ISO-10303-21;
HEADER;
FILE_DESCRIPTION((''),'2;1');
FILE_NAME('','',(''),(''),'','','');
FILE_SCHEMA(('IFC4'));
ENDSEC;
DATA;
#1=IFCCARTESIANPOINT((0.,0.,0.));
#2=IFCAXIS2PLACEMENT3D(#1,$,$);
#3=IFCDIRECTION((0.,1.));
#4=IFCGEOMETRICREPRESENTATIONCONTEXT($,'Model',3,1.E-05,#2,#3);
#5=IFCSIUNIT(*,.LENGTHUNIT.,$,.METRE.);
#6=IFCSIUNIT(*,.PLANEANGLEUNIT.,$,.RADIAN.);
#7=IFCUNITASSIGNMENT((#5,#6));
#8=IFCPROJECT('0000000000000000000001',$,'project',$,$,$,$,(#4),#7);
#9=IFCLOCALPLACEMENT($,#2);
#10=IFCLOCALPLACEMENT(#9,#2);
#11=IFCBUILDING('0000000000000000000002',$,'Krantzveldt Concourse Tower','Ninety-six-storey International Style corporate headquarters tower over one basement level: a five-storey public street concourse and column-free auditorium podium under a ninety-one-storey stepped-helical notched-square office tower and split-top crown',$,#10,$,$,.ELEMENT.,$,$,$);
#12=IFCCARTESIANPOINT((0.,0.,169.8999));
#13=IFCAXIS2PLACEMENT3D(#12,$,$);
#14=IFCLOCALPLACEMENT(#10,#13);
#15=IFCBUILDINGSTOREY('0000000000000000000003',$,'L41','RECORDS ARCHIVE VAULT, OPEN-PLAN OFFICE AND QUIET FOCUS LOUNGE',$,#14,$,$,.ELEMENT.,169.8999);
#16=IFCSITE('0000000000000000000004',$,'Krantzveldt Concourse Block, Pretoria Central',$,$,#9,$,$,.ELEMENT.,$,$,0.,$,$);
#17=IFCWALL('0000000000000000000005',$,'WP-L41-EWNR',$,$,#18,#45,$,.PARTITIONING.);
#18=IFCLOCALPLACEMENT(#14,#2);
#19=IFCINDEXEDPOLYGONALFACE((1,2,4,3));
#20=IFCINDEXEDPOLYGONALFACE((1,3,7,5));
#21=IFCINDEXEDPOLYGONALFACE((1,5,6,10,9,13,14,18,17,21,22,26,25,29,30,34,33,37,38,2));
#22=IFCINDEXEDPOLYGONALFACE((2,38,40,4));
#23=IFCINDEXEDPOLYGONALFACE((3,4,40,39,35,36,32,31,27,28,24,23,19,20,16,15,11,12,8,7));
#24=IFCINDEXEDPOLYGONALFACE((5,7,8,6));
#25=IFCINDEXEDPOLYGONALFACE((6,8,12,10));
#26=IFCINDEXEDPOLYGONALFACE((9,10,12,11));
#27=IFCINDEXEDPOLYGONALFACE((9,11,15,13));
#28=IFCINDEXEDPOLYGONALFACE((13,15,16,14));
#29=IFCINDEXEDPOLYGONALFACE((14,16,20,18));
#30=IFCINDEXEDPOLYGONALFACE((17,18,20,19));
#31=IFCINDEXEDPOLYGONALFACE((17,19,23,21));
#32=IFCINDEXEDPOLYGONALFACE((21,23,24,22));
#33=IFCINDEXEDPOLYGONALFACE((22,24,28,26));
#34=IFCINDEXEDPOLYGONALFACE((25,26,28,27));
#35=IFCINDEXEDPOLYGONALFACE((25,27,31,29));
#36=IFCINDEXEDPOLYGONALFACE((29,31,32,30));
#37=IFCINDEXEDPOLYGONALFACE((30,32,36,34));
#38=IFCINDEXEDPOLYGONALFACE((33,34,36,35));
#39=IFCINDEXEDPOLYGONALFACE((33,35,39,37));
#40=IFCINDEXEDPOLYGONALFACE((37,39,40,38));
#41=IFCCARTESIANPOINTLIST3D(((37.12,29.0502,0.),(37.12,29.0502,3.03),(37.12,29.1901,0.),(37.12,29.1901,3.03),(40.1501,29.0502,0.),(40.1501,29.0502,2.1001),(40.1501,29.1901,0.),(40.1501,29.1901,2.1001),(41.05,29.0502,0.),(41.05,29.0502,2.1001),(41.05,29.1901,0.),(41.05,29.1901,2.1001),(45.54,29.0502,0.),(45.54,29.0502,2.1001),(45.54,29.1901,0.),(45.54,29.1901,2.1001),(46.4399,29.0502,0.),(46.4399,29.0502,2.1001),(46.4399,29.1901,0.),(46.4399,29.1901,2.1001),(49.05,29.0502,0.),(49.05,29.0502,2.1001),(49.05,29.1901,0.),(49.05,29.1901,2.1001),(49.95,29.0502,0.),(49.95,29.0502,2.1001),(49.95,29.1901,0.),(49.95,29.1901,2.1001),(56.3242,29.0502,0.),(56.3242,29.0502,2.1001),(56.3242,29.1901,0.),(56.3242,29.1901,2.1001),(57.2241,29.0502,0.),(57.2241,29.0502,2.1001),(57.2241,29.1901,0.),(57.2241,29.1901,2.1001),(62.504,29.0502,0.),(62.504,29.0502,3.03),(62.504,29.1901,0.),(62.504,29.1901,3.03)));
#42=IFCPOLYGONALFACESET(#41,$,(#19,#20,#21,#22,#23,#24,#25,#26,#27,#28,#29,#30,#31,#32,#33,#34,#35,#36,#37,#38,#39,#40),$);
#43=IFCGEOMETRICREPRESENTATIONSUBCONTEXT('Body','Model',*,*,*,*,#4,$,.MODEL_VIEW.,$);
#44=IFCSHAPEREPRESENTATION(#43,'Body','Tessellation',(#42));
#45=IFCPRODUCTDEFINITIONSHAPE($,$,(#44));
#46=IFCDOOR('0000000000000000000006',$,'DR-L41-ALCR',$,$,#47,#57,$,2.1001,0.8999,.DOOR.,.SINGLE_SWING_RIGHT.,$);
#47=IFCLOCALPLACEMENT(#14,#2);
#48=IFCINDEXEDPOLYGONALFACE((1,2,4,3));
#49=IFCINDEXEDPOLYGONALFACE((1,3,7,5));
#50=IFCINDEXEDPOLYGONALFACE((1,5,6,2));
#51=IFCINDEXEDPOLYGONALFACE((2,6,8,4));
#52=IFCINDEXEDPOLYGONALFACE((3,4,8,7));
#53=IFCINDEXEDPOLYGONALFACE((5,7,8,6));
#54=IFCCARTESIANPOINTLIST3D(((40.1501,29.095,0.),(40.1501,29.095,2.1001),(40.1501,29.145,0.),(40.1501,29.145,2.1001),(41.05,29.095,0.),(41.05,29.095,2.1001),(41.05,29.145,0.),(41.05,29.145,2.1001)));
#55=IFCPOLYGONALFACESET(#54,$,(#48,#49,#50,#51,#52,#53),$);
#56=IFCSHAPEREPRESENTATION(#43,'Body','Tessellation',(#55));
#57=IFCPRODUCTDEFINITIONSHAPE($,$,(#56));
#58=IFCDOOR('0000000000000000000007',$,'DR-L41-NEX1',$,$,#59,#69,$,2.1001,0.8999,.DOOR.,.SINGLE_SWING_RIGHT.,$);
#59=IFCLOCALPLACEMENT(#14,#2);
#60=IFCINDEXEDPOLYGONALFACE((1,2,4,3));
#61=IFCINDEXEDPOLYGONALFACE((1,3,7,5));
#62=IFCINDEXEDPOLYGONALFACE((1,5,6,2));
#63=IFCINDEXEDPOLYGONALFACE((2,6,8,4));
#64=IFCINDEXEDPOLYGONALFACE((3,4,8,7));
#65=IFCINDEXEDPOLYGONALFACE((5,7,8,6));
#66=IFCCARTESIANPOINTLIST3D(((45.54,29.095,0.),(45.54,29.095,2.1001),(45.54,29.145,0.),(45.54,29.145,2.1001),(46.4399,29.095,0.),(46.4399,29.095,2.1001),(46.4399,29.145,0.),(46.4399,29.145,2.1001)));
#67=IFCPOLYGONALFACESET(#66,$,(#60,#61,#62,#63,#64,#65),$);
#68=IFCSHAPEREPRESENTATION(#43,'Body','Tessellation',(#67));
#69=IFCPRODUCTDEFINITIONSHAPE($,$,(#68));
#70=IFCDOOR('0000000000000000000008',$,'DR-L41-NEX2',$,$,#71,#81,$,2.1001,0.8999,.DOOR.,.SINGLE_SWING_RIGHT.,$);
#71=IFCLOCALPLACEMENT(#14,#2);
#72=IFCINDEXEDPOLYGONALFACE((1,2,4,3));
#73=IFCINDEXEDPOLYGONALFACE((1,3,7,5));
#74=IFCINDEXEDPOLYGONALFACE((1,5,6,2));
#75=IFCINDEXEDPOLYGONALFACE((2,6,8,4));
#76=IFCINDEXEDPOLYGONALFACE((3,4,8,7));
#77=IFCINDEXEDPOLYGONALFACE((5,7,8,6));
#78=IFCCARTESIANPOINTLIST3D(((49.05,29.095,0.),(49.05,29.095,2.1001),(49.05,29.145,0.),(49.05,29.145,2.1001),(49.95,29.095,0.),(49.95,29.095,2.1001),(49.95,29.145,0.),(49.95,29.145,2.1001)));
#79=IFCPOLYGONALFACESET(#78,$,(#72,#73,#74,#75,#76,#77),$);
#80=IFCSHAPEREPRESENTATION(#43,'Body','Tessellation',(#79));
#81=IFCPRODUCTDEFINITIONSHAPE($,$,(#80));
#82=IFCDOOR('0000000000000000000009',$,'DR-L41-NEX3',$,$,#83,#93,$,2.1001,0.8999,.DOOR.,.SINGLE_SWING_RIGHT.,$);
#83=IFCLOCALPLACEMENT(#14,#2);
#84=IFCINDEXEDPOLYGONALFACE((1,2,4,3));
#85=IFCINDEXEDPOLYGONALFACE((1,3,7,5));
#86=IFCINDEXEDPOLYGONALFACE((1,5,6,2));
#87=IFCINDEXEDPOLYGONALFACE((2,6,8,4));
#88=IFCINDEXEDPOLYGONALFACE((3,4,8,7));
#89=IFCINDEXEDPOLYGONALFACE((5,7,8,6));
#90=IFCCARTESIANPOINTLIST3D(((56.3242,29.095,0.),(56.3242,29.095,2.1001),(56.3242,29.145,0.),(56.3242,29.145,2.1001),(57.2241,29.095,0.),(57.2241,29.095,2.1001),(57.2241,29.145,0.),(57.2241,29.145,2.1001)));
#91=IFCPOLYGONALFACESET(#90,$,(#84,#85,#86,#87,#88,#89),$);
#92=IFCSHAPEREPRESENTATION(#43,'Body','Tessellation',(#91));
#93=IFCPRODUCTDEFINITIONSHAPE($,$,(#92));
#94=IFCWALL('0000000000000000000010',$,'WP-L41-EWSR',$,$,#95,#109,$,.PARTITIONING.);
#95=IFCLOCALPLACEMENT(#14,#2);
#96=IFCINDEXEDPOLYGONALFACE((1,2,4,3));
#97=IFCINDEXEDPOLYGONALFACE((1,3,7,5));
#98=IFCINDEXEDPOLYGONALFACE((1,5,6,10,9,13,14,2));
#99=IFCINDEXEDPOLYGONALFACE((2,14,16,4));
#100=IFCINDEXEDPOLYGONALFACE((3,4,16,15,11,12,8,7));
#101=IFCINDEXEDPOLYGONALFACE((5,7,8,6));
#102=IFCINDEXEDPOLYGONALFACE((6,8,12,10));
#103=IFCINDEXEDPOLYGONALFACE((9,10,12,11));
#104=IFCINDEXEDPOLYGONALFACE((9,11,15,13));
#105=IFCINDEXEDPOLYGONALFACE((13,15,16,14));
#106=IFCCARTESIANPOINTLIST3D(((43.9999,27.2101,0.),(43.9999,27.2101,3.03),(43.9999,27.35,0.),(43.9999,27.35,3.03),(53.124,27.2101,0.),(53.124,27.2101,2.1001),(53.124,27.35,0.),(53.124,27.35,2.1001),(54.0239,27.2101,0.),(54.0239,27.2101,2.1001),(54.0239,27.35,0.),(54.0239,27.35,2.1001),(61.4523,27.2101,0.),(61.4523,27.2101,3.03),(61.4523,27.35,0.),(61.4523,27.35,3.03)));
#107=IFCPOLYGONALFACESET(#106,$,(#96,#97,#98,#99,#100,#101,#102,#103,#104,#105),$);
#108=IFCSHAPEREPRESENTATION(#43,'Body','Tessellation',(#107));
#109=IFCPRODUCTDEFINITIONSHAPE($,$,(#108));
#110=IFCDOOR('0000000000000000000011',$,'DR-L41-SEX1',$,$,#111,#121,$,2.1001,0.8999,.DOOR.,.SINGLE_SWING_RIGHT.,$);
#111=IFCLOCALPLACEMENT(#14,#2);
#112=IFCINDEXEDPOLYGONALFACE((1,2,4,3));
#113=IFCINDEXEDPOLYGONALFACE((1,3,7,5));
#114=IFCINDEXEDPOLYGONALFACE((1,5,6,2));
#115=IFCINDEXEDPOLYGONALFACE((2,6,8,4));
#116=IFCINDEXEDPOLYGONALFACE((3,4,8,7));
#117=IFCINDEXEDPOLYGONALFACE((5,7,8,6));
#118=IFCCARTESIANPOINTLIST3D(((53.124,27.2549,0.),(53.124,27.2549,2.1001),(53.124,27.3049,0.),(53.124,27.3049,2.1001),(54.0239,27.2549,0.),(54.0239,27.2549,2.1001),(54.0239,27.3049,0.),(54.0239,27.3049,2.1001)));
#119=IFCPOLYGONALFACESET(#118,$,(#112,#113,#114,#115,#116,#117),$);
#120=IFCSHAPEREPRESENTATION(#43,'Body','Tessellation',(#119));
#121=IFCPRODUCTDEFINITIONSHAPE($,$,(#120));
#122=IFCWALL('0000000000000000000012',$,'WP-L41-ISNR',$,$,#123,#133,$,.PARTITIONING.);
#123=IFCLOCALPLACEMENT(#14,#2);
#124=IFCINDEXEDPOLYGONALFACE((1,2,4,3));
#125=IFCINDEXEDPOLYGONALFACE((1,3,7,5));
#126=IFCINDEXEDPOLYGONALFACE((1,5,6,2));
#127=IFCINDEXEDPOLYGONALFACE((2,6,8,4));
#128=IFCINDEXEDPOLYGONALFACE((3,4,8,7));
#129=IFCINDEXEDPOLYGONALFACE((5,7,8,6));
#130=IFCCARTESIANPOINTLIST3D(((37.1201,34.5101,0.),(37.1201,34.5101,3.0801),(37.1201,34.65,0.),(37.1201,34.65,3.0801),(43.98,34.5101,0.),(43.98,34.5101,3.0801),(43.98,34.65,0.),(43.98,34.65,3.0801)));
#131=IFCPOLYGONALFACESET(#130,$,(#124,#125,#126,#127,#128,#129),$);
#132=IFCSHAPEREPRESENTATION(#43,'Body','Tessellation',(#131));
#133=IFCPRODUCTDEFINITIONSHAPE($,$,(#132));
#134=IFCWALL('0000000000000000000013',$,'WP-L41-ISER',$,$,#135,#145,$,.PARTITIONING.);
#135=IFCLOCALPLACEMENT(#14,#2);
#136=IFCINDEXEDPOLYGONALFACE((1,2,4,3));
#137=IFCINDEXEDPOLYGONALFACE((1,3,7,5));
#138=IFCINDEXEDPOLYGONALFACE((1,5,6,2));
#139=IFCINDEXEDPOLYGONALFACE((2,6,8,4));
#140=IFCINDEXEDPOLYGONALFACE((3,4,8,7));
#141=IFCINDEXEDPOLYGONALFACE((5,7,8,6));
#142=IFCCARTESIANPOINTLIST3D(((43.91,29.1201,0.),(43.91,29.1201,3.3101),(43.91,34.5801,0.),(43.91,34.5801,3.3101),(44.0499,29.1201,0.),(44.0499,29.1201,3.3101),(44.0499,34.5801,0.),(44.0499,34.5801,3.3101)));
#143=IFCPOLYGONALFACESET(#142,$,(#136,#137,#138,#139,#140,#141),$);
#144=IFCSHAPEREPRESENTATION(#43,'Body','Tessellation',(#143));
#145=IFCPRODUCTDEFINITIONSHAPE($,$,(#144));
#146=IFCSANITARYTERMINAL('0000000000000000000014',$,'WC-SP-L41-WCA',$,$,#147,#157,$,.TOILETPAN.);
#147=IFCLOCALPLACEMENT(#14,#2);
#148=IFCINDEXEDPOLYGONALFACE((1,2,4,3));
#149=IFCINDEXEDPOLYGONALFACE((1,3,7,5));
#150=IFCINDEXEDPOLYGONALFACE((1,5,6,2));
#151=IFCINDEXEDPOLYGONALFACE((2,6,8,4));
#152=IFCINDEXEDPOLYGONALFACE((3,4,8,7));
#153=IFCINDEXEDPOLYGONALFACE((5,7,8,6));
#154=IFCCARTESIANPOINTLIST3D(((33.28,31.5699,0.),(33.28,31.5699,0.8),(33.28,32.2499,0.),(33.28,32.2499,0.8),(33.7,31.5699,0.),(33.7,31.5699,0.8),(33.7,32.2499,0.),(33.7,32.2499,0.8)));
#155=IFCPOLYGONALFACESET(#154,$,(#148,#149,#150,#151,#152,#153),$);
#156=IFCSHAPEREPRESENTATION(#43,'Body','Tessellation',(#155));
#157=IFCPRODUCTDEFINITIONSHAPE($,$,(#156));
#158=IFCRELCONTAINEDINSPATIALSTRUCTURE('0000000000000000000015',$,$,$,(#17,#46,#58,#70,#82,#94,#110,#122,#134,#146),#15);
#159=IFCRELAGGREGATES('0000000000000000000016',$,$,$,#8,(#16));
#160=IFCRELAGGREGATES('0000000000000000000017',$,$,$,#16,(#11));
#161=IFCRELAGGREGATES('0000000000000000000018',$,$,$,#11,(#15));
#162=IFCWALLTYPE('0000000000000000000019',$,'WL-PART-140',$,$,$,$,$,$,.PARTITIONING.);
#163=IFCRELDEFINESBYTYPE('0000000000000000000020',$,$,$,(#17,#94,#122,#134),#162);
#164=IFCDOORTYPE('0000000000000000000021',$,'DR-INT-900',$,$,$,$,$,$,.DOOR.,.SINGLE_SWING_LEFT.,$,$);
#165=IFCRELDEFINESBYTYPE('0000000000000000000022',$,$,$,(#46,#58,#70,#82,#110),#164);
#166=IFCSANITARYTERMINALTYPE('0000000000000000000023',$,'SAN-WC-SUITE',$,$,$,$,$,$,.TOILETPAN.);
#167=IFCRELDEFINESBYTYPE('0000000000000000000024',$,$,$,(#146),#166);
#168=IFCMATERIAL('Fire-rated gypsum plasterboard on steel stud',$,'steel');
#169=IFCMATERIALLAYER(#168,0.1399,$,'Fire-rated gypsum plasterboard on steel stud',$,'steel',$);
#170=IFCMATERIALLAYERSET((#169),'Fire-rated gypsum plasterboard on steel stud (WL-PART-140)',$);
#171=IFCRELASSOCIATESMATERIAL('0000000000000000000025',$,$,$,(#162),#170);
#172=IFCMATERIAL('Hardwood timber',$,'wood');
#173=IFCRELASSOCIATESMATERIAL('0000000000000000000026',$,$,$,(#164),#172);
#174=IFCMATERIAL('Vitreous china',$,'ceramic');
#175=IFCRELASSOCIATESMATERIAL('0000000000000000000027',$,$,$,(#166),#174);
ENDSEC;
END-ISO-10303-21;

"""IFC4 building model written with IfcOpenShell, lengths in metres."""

from ifc_helpers import new_model, si_unit, direction, frame, frame_2d, origin, origin_2d, place, context, subcontext, project, spatial, rectangle, extrude, source, transform, mapped, material, layer, layer_set, type_object, type_shapes, element, fill, save


model = new_model("IFC4")

# Units and contexts
model_context = context("Model", 3, precision=1e-05, world=origin(), true_north=direction((0.0, 1.0)))
body_context = subcontext(model_context, "Body", "Model", "MODEL_VIEW")
ifc_project = project(units=[si_unit("LENGTHUNIT", "METRE"), si_unit("PLANEANGLEUNIT", "RADIAN")], contexts=[model_context])

# Site, building, storey
site_placement = place(None, origin())
site = spatial("IfcSite", under=ifc_project, at=site_placement, Name="Krantzveldt Concourse Block, Pretoria Central", CompositionType="ELEMENT", RefElevation=0.0)
building_placement = place(site_placement, origin())
building = spatial("IfcBuilding", under=site, at=building_placement, Name="Krantzveldt Concourse Tower", Description="Ninety-six-storey International Style corporate headquarters tower over one basement level: a five-storey public street concourse and column-free auditorium podium under a ninety-one-storey stepped-helical notched-square office tower and split-top crown", CompositionType="ELEMENT")
storey_placement = place(building_placement, frame((0.0, 0.0, 169.8999)))
storey = spatial("IfcBuildingStorey", under=building, at=storey_placement, Name="L41", Description="RECORDS ARCHIVE VAULT, OPEN-PLAN OFFICE AND QUIET FOCUS LOUNGE", CompositionType="ELEMENT", Elevation=169.8999)

# Shared definitions
ifc_material_1 = material(Name="Fire-rated gypsum plasterboard on steel stud", Category="steel")

# Wall, openings, doors
ifc_layer_1 = layer(ifc_material_1, 0.1399, Name="Fire-rated gypsum plasterboard on steel stud", Category="steel")
ifc_layer_set_1 = layer_set([ifc_layer_1], Name="Fire-rated gypsum plasterboard on steel stud (WL-PART-140)")
wall_type_1 = type_object("IfcWallType", Name="WL-PART-140", PredefinedType="PARTITIONING", material=ifc_layer_set_1)
ifc_material_2 = material(Name="Hardwood timber", Category="wood")
door_type_1 = type_object("IfcDoorType", Name="DR-INT-900", OperationType="SINGLE_SWING_LEFT", PredefinedType="DOOR", material=ifc_material_2)
wall_1_placement = place(storey_placement, frame((37.1201, 29.1201, 0.0), z_axis=(0.0, 0.0, 1.0), x_axis=(1.0, 0.0, 0.0)))
wall_1 = element("IfcWall", 1, at=wall_1_placement, inside=storey, type_object=wall_type_1, Name="WP-L41-EWNR", PredefinedType="PARTITIONING", context=body_context, shape_type="SweptSolid", body=[
    extrude(rectangle(XDim=25.384, YDim=0.1399, at=frame_2d((12.6919, 0.0))), origin(), (0.0, 0.0, 1.0), 3.03),
])
opening_1_placement = place(wall_1_placement, frame((3.03, 0.0, 0.0)))
opening_1 = element("IfcOpeningElement", 2, at=opening_1_placement, cuts=wall_1, PredefinedType="OPENING", context=body_context, shape_type="SweptSolid", body=[
    extrude(rectangle(XDim=0.8999, YDim=2.1001, at=frame_2d((0.45, 1.05))), frame((0.0, 0.0801, 0.0), z_axis=(0.0, -1.0, 0.0), x_axis=(1.0, 0.0, 0.0)), (0.0, 0.0, 1.0), 0.1599),
])
opening_2_placement = place(wall_1_placement, frame((8.4199, 0.0, 0.0)))
opening_2 = element("IfcOpeningElement", 3, at=opening_2_placement, cuts=wall_1, PredefinedType="OPENING", context=body_context, shape_type="SweptSolid", body=[
    extrude(rectangle(XDim=0.8999, YDim=2.1001, at=frame_2d((0.45, 1.05))), frame((0.0, 0.0801, 0.0), z_axis=(0.0, -1.0, 0.0), x_axis=(1.0, 0.0, 0.0)), (0.0, 0.0, 1.0), 0.1599),
])
opening_3_placement = place(wall_1_placement, frame((11.9299, 0.0, 0.0)))
opening_3 = element("IfcOpeningElement", 4, at=opening_3_placement, cuts=wall_1, PredefinedType="OPENING", context=body_context, shape_type="SweptSolid", body=[
    extrude(rectangle(XDim=0.8999, YDim=2.1001, at=frame_2d((0.45, 1.05))), frame((0.0, 0.0801, 0.0), z_axis=(0.0, -1.0, 0.0), x_axis=(1.0, 0.0, 0.0)), (0.0, 0.0, 1.0), 0.1599),
])
opening_4_placement = place(wall_1_placement, frame((19.2041, 0.0, 0.0)))
opening_4 = element("IfcOpeningElement", 5, at=opening_4_placement, cuts=wall_1, PredefinedType="OPENING", context=body_context, shape_type="SweptSolid", body=[
    extrude(rectangle(XDim=0.8999, YDim=2.1001, at=frame_2d((0.45, 1.05))), frame((0.0, 0.0801, 0.0), z_axis=(0.0, -1.0, 0.0), x_axis=(1.0, 0.0, 0.0)), (0.0, 0.0, 1.0), 0.1599),
])
door_1_placement = place(opening_1_placement, origin())
door_1 = element("IfcDoor", 6, at=door_1_placement, inside=storey, type_object=door_type_1, Name="DR-L41-ALCR", OperationType="SINGLE_SWING_RIGHT", OverallHeight=2.1001, OverallWidth=0.8999, PredefinedType="DOOR", context=body_context, shape_type="SweptSolid", body=[
    extrude(rectangle(XDim=0.8999, YDim=2.1001, at=frame_2d((0.45, 1.05))), frame((0.0, 0.0249, 0.0), z_axis=(0.0, -1.0, 0.0), x_axis=(1.0, 0.0, 0.0)), (0.0, 0.0, 1.0), 0.05),
])
fill(opening_1, door_1)
door_2_placement = place(opening_2_placement, origin())
door_2 = element("IfcDoor", 7, at=door_2_placement, inside=storey, type_object=door_type_1, Name="DR-L41-NEX1", OperationType="SINGLE_SWING_RIGHT", OverallHeight=2.1001, OverallWidth=0.8999, PredefinedType="DOOR", context=body_context, shape_type="SweptSolid", body=[
    extrude(rectangle(XDim=0.8999, YDim=2.1001, at=frame_2d((0.45, 1.05))), frame((0.0, 0.0249, 0.0), z_axis=(0.0, -1.0, 0.0), x_axis=(1.0, 0.0, 0.0)), (0.0, 0.0, 1.0), 0.05),
])
fill(opening_2, door_2)
door_3_placement = place(opening_3_placement, origin())
door_3 = element("IfcDoor", 8, at=door_3_placement, inside=storey, type_object=door_type_1, Name="DR-L41-NEX2", OperationType="SINGLE_SWING_RIGHT", OverallHeight=2.1001, OverallWidth=0.8999, PredefinedType="DOOR", context=body_context, shape_type="SweptSolid", body=[
    extrude(rectangle(XDim=0.8999, YDim=2.1001, at=frame_2d((0.45, 1.05))), frame((0.0, 0.0249, 0.0), z_axis=(0.0, -1.0, 0.0), x_axis=(1.0, 0.0, 0.0)), (0.0, 0.0, 1.0), 0.05),
])
fill(opening_3, door_3)
door_4_placement = place(opening_4_placement, origin())
door_4 = element("IfcDoor", 9, at=door_4_placement, inside=storey, type_object=door_type_1, Name="DR-L41-NEX3", OperationType="SINGLE_SWING_RIGHT", OverallHeight=2.1001, OverallWidth=0.8999, PredefinedType="DOOR", context=body_context, shape_type="SweptSolid", body=[
    extrude(rectangle(XDim=0.8999, YDim=2.1001, at=frame_2d((0.45, 1.05))), frame((0.0, 0.0249, 0.0), z_axis=(0.0, -1.0, 0.0), x_axis=(1.0, 0.0, 0.0)), (0.0, 0.0, 1.0), 0.05),
])
fill(opening_4, door_4)

# Wall, opening, door
wall_2_placement = place(storey_placement, frame((44.0, 27.28, 0.0), z_axis=(0.0, 0.0, 1.0), x_axis=(1.0, 0.0, 0.0)))
wall_2 = element("IfcWall", 10, at=wall_2_placement, inside=storey, type_object=wall_type_1, Name="WP-L41-EWSR", PredefinedType="PARTITIONING", context=body_context, shape_type="SweptSolid", body=[
    extrude(rectangle(XDim=17.4524, YDim=0.1399, at=frame_2d((8.7261, 0.0))), origin(), (0.0, 0.0, 1.0), 3.03),
])
opening_5_placement = place(wall_2_placement, frame((9.124, 0.0, 0.0)))
opening_5 = element("IfcOpeningElement", 11, at=opening_5_placement, cuts=wall_2, PredefinedType="OPENING", context=body_context, shape_type="SweptSolid", body=[
    extrude(rectangle(XDim=0.8999, YDim=2.1001, at=frame_2d((0.45, 1.05))), frame((0.0, 0.0801, 0.0), z_axis=(0.0, -1.0, 0.0), x_axis=(1.0, 0.0, 0.0)), (0.0, 0.0, 1.0), 0.1599),
])
door_5_placement = place(opening_5_placement, origin())
door_5 = element("IfcDoor", 12, at=door_5_placement, inside=storey, type_object=door_type_1, Name="DR-L41-SEX1", OperationType="SINGLE_SWING_RIGHT", OverallHeight=2.1001, OverallWidth=0.8999, PredefinedType="DOOR", context=body_context, shape_type="SweptSolid", body=[
    extrude(rectangle(XDim=0.8999, YDim=2.1001, at=frame_2d((0.45, 1.05))), frame((0.0, 0.0249, 0.0), z_axis=(0.0, -1.0, 0.0), x_axis=(1.0, 0.0, 0.0)), (0.0, 0.0, 1.0), 0.05),
])
fill(opening_5, door_5)

# Walls
wall_3_placement = place(storey_placement, frame((37.1201, 34.5801, 0.0), z_axis=(0.0, 0.0, 1.0), x_axis=(1.0, 0.0, 0.0)))
element("IfcWall", 13, at=wall_3_placement, inside=storey, type_object=wall_type_1, Name="WP-L41-ISNR", PredefinedType="PARTITIONING", context=body_context, shape_type="SweptSolid", body=[
    extrude(rectangle(XDim=6.8599, YDim=0.1399, at=frame_2d((3.4299, 0.0))), origin(), (0.0, 0.0, 1.0), 3.0801),
])
wall_4_placement = place(storey_placement, frame((43.98, 29.1201, 0.0), z_axis=(0.0, 0.0, 1.0), x_axis=(0.0, 1.0, 0.0)))
element("IfcWall", 14, at=wall_4_placement, inside=storey, type_object=wall_type_1, Name="WP-L41-ISER", PredefinedType="PARTITIONING", context=body_context, shape_type="SweptSolid", body=[
    extrude(rectangle(XDim=5.46, YDim=0.1399, at=frame_2d((2.73, 0.0))), origin(), (0.0, 0.0, 1.0), 3.3101),
])

# Sanitary terminal
ifc_material_3 = material(Name="Vitreous china", Category="ceramic")
sanitary_terminal_type_1 = type_object("IfcSanitaryTerminalType", Name="SAN-WC-SUITE", PredefinedType="TOILETPAN", material=ifc_material_3)
shared_shape_1 = source(origin(), body_context, "Body", "SweptSolid", [
    extrude(rectangle(XDim=0.4199, YDim=0.6799, at=origin_2d()), origin(), (0.0, 0.0, 1.0), 0.8),
])
type_shapes(sanitary_terminal_type_1, [shared_shape_1])
sanitary_terminal_1_placement = place(storey_placement, frame((33.49, 31.9099, 0.0), z_axis=(0.0, 0.0, 1.0), x_axis=(1.0, 0.0, 0.0)))
element("IfcSanitaryTerminal", 15, at=sanitary_terminal_1_placement, inside=storey, type_object=sanitary_terminal_type_1, Name="WC-SP-L41-WCA", PredefinedType="TOILETPAN", context=body_context, shape_type="MappedRepresentation", body=[
    mapped(shared_shape_1, transform((0.0, 0.0, 0.0), x_axis=(1.0, 0.0, 0.0), y_axis=(0.0, 1.0, 0.0), z_axis=(0.0, 0.0, 1.0), scale=1.0)),
])

save(model, "model.ifc")
